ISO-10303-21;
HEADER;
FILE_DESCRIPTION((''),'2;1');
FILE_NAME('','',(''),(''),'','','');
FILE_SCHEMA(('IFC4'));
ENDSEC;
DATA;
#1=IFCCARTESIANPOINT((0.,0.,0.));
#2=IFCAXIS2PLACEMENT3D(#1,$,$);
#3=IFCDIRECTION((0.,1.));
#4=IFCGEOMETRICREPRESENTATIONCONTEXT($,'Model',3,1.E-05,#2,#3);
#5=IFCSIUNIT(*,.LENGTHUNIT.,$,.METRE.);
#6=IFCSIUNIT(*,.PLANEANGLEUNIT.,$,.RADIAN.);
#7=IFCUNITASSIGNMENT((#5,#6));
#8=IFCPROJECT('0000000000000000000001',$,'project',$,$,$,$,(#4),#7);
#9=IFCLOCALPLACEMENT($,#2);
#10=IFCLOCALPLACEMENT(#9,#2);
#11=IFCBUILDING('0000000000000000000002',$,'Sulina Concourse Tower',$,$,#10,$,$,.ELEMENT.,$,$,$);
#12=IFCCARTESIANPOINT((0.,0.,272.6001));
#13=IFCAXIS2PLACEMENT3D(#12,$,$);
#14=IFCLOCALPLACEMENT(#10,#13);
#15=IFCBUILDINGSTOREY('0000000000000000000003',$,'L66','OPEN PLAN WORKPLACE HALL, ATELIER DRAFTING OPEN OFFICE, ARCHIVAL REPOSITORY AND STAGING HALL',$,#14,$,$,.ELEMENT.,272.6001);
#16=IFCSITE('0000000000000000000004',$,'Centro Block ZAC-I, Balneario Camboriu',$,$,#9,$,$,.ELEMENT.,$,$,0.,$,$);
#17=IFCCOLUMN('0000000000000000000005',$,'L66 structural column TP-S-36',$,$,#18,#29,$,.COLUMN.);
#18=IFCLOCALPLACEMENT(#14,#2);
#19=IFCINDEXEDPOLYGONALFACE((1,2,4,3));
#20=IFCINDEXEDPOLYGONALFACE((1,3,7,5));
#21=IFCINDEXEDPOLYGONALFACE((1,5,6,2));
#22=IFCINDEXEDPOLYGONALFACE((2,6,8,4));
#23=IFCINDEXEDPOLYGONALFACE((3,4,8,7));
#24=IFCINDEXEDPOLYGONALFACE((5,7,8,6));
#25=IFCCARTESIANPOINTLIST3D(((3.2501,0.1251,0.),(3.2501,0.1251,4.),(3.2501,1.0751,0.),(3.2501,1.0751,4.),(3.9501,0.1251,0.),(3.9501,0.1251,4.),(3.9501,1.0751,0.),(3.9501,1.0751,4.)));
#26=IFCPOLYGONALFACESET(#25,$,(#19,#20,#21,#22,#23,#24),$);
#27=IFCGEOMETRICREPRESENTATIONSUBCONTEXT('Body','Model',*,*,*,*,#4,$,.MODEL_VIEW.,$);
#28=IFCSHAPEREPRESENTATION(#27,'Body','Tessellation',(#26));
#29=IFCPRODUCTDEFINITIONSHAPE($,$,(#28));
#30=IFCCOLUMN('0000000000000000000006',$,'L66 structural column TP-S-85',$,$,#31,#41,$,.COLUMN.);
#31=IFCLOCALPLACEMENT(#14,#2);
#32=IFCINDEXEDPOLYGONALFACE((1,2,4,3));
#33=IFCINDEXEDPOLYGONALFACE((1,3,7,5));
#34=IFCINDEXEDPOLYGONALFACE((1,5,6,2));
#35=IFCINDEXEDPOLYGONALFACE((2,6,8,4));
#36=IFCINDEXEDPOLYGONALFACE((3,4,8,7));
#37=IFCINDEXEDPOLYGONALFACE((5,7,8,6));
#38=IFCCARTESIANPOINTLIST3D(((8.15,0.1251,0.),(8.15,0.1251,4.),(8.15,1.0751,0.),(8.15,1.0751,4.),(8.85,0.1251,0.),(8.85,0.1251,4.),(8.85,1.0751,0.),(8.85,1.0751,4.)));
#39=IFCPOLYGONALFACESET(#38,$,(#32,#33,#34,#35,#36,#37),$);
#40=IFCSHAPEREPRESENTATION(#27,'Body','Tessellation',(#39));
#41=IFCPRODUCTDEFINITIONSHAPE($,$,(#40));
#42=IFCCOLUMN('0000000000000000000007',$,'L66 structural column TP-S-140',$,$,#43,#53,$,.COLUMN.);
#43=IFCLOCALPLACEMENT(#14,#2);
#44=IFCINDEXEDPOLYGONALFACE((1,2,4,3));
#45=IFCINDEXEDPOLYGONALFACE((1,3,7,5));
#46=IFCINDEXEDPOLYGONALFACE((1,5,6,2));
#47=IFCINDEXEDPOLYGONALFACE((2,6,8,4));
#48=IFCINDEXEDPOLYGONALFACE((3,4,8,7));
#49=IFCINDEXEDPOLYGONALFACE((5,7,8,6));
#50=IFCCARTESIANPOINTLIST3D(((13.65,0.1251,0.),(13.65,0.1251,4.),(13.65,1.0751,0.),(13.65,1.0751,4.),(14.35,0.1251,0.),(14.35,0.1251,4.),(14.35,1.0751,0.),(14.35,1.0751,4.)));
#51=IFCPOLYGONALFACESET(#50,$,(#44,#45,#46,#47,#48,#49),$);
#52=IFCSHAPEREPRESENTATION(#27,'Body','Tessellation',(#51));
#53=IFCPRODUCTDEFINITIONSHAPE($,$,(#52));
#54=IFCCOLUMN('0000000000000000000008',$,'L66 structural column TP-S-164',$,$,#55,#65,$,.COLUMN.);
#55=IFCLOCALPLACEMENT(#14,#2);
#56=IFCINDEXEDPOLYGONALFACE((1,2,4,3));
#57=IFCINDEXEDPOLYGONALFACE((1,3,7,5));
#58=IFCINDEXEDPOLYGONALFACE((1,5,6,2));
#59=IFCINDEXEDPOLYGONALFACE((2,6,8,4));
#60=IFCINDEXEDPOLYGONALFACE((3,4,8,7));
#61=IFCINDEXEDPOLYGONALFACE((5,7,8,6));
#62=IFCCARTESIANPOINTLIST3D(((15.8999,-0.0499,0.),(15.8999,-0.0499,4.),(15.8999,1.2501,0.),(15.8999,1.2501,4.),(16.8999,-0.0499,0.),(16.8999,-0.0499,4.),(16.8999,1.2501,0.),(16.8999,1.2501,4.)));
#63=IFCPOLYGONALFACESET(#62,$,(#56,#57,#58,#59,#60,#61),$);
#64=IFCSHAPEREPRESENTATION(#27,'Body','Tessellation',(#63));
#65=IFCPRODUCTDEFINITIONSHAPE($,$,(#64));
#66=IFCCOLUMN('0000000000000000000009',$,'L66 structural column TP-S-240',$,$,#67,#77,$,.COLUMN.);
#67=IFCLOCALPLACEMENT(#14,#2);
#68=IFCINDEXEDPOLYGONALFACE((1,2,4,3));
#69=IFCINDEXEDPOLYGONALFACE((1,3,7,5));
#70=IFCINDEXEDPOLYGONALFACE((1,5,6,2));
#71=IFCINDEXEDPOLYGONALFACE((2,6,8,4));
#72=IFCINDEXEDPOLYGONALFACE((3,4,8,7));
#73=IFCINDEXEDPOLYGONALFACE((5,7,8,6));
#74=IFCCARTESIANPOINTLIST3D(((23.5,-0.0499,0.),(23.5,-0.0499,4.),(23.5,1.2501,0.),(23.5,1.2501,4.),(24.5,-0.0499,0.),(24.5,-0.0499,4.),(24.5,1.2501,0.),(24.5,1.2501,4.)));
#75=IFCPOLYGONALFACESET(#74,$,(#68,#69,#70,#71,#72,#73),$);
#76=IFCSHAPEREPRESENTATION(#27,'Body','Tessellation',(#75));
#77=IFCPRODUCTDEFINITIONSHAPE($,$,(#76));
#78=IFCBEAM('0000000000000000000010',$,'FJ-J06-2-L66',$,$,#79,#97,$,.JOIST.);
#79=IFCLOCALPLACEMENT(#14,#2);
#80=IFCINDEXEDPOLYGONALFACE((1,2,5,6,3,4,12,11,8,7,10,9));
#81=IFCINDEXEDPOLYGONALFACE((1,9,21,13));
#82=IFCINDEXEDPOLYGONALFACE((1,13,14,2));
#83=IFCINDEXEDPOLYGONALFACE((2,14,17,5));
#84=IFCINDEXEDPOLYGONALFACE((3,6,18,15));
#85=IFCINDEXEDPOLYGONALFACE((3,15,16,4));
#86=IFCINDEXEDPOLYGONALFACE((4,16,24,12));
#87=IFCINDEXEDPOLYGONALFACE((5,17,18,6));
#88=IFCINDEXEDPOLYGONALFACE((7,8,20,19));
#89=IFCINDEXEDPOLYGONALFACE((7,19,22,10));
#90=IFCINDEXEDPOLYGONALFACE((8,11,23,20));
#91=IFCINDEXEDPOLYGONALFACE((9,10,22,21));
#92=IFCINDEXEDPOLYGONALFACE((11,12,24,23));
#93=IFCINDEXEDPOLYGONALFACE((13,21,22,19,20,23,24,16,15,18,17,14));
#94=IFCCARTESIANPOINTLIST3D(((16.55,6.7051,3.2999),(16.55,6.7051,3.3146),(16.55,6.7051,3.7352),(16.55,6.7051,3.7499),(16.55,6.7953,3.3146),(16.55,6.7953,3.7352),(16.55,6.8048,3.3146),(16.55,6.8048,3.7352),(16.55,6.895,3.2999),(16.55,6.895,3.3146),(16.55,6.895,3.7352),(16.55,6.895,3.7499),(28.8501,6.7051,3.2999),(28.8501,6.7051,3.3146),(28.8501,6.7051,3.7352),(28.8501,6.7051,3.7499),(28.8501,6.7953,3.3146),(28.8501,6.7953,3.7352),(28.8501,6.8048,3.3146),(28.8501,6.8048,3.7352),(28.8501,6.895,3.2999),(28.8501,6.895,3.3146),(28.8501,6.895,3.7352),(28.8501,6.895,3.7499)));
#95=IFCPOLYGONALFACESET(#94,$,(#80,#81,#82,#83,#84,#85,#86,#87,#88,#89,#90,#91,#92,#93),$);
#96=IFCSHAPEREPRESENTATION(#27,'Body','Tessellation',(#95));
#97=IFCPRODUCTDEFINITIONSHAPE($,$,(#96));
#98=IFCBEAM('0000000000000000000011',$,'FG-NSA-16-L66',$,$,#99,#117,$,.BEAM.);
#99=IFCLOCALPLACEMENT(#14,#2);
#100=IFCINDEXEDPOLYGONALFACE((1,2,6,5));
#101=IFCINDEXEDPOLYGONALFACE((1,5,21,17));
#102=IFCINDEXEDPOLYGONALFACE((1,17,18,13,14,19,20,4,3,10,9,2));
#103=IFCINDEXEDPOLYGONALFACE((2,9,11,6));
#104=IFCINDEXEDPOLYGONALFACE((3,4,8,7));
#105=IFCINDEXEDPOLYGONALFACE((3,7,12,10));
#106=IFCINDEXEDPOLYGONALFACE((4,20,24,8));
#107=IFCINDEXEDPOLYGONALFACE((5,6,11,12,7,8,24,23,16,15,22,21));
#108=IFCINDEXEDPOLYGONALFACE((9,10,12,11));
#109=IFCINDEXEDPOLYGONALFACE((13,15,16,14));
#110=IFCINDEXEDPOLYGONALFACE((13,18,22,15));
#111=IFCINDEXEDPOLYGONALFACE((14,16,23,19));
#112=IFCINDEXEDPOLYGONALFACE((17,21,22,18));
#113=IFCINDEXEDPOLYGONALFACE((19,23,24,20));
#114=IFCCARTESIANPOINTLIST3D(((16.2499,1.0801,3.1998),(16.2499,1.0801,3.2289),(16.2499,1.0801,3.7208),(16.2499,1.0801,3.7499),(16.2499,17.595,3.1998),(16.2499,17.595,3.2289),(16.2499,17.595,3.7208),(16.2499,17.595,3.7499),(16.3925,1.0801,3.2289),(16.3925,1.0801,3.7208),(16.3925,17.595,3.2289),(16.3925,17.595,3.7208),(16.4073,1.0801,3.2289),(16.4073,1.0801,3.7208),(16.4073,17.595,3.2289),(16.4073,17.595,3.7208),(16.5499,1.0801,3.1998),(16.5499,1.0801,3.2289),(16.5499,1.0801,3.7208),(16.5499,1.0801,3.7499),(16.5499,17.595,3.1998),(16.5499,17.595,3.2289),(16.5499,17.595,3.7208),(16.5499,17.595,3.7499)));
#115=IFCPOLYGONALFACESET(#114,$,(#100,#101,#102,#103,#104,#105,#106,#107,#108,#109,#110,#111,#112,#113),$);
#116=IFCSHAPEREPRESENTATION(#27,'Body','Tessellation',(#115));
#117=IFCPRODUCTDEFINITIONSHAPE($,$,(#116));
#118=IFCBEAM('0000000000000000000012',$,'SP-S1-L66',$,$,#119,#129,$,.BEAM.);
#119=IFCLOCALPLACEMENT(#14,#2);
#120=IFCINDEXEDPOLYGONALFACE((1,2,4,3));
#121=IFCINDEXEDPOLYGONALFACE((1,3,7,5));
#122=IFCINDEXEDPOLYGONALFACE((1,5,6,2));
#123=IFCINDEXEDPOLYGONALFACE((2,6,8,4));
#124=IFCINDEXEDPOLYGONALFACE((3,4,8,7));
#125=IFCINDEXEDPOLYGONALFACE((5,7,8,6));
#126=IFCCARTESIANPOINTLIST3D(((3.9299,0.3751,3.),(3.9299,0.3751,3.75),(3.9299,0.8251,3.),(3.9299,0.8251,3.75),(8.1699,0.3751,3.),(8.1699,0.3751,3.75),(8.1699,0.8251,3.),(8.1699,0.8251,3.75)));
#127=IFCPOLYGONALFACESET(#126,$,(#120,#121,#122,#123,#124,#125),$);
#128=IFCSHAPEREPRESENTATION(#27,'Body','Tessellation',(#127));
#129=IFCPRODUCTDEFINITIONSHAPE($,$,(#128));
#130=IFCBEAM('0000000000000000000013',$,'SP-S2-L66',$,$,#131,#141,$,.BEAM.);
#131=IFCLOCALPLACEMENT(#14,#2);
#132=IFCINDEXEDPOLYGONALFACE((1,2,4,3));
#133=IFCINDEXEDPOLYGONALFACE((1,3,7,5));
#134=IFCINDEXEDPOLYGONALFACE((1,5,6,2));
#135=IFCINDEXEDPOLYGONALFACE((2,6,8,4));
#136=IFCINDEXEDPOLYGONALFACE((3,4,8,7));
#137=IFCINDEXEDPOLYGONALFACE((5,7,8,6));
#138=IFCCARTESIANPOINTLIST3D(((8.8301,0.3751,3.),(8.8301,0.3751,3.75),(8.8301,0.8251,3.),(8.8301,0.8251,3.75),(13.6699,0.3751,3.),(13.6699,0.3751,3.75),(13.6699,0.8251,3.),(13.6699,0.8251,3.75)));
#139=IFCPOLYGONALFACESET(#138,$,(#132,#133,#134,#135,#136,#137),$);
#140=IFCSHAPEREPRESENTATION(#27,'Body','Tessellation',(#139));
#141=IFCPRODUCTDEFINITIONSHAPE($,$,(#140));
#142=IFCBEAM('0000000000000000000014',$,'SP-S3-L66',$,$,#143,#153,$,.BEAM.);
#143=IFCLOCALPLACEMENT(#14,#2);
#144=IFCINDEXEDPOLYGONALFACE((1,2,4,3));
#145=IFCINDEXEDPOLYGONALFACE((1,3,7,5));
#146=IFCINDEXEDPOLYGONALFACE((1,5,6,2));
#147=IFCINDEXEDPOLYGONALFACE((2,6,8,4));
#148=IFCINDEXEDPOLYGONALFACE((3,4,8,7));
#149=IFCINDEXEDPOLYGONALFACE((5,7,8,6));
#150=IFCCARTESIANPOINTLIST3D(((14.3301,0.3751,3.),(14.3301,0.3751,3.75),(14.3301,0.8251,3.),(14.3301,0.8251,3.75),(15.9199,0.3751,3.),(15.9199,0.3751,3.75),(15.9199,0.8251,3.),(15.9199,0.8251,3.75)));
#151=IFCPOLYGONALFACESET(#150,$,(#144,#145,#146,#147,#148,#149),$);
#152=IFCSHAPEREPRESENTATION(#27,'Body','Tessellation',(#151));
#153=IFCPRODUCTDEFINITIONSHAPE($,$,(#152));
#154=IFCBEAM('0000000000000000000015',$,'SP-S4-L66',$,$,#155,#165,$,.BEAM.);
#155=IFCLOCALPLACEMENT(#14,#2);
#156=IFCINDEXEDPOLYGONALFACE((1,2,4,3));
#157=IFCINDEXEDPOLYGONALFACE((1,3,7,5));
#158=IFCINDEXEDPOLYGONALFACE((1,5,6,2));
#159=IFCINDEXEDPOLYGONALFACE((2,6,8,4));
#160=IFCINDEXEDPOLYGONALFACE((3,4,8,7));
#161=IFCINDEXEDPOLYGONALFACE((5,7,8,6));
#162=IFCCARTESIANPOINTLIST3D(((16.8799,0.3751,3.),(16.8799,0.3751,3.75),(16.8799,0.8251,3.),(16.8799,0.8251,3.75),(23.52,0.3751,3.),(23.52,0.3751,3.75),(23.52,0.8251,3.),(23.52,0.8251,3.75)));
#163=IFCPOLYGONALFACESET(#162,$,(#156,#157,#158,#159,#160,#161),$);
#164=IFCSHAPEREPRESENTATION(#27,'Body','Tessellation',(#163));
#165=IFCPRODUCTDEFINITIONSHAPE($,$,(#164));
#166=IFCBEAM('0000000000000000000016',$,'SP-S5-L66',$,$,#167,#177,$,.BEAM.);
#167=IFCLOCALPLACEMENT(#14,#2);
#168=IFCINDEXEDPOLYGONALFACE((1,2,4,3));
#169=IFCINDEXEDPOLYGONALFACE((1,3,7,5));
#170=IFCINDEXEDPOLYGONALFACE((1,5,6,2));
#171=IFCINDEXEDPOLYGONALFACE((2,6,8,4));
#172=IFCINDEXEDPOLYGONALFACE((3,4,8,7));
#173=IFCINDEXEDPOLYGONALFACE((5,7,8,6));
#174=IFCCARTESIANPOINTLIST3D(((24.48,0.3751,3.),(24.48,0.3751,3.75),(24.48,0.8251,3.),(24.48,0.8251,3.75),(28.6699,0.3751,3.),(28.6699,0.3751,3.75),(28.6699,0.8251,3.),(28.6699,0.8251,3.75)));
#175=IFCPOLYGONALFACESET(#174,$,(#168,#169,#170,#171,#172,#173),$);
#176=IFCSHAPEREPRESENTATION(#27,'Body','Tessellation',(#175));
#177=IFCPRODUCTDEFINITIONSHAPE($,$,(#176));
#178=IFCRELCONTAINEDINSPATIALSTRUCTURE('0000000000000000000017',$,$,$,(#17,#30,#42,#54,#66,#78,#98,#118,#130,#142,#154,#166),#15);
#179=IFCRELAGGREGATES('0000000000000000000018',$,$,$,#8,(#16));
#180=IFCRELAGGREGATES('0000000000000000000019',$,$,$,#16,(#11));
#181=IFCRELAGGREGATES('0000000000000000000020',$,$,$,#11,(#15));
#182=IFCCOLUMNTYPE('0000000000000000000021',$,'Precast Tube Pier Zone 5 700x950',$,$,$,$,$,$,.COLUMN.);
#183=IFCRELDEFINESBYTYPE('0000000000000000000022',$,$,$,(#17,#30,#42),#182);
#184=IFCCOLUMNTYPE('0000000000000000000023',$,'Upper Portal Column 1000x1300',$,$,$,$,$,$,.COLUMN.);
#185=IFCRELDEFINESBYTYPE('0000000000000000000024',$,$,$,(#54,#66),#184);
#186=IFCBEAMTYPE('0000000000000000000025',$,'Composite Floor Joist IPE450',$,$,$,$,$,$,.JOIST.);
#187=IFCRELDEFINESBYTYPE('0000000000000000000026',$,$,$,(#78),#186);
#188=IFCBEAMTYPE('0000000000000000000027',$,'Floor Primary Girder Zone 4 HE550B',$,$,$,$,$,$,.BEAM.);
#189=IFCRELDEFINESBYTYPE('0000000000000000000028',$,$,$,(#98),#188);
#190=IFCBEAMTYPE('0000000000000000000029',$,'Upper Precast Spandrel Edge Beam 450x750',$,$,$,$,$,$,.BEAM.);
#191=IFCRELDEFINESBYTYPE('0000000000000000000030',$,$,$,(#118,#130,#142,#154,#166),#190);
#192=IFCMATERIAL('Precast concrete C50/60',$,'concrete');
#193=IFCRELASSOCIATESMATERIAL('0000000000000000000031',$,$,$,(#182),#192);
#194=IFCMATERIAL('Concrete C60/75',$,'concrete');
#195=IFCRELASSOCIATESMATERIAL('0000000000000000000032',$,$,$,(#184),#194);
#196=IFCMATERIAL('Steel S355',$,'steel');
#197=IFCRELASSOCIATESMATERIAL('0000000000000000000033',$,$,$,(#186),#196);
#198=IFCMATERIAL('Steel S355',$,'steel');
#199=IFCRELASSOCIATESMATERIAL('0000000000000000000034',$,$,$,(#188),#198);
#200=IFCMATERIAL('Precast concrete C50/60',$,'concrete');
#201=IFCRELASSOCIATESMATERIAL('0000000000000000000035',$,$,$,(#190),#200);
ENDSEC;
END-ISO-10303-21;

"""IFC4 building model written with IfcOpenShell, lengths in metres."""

from ifc_helpers import new_model, si_unit, direction, frame, origin, origin_2d, place, context, subcontext, project, spatial, rectangle, i_section, extrude, material, material_profile, profile_set, type_object, element, save


model = new_model("IFC4")

# Units and contexts
model_context = context("Model", 3, precision=1e-05, world=origin(), true_north=direction((0.0, 1.0)))
body_context = subcontext(model_context, "Body", "Model", "MODEL_VIEW")
ifc_project = project(units=[si_unit("LENGTHUNIT", "METRE"), si_unit("PLANEANGLEUNIT", "RADIAN")], contexts=[model_context])

# Site, building, storey
site_placement = place(None, origin())
site = spatial("IfcSite", under=ifc_project, at=site_placement, Name="Centro Block ZAC-I, Balneario Camboriu", CompositionType="ELEMENT", RefElevation=0.0)
building_placement = place(site_placement, origin())
building = spatial("IfcBuilding", under=site, at=building_placement, Name="Sulina Concourse Tower", CompositionType="ELEMENT")
storey_placement = place(building_placement, frame((0.0, 0.0, 272.6001)))
storey = spatial("IfcBuildingStorey", under=building, at=storey_placement, Name="L66", Description="OPEN PLAN WORKPLACE HALL, ATELIER DRAFTING OPEN OFFICE, ARCHIVAL REPOSITORY AND STAGING HALL", CompositionType="ELEMENT", Elevation=272.6001)

# Columns
ifc_material_1 = material(Name="Precast concrete C50/60", Category="concrete")
ifc_material_profile_1 = material_profile(ifc_material_1, rectangle(XDim=0.7, YDim=0.95, at=origin_2d()), Name="PC 700x950")
ifc_profile_set_1 = profile_set([ifc_material_profile_1], Name="Precast concrete C50/60")
column_type_1 = type_object("IfcColumnType", Name="Precast Tube Pier Zone 5 700x950", PredefinedType="COLUMN", material=ifc_profile_set_1)
for number, where, z_axis, x_axis, name in (
    (1, (3.6001, 0.6001, 0.0), (0.0, 0.0, 1.0), (1.0, 0.0, 0.0), "L66 structural column TP-S-36"),
    (2, (8.5, 0.6001, 0.0), (0.0, 0.0, 1.0), (1.0, 0.0, 0.0), "L66 structural column TP-S-85"),
    (3, (14.0, 0.6001, 0.0), (0.0, 0.0, 1.0), (1.0, 0.0, 0.0), "L66 structural column TP-S-140"),
):
    element("IfcColumn", number, at=place(storey_placement, frame(where, z_axis=z_axis, x_axis=x_axis)), inside=storey, type_object=column_type_1, Name=name, PredefinedType="COLUMN", context=body_context, shape_type="SweptSolid", body=[
        extrude(rectangle(XDim=0.7, YDim=0.95, at=origin_2d()), origin(), (0.0, 0.0, 1.0), 4.0),
    ])
ifc_material_2 = material(Name="Concrete C60/75", Category="concrete")
ifc_material_profile_2 = material_profile(ifc_material_2, rectangle(XDim=1.0, YDim=1.3, at=origin_2d()), Name="RC 1000x1300")
ifc_profile_set_2 = profile_set([ifc_material_profile_2], Name="Concrete C60/75")
column_type_2 = type_object("IfcColumnType", Name="Upper Portal Column 1000x1300", PredefinedType="COLUMN", material=ifc_profile_set_2)
for number, where, z_axis, x_axis, name in (
    (4, (16.3999, 0.6001, 0.0), (0.0, 0.0, 1.0), (1.0, 0.0, 0.0), "L66 structural column TP-S-164"),
    (5, (24.0, 0.6001, 0.0), (0.0, 0.0, 1.0), (1.0, 0.0, 0.0), "L66 structural column TP-S-240"),
):
    element("IfcColumn", number, at=place(storey_placement, frame(where, z_axis=z_axis, x_axis=x_axis)), inside=storey, type_object=column_type_2, Name=name, PredefinedType="COLUMN", context=body_context, shape_type="SweptSolid", body=[
        extrude(rectangle(XDim=1.0, YDim=1.3, at=origin_2d()), origin(), (0.0, 0.0, 1.0), 4.0),
    ])

# Beams
ifc_material_3 = material(Name="Steel S355", Category="steel")
ifc_material_profile_3 = material_profile(ifc_material_3, i_section(OverallWidth=0.1899, OverallDepth=0.45, WebThickness=0.0095, FlangeThickness=0.0146, at=origin_2d()), Name="IPE 450")
ifc_profile_set_3 = profile_set([ifc_material_profile_3], Name="Steel S355")
beam_type_1 = type_object("IfcBeamType", Name="Composite Floor Joist IPE450", PredefinedType="JOIST", material=ifc_profile_set_3)
beam_1_placement = place(storey_placement, frame((16.55, 6.8, 3.5249), z_axis=(1.0, 0.0, 0.0), x_axis=(0.0, 1.0, 0.0)))
element("IfcBeam", 6, at=beam_1_placement, inside=storey, type_object=beam_type_1, Name="FJ-J06-2-L66", PredefinedType="JOIST", context=body_context, shape_type="SweptSolid", body=[
    extrude(i_section(OverallWidth=0.1899, OverallDepth=0.45, WebThickness=0.0095, FlangeThickness=0.0146, at=origin_2d()), origin(), (0.0, 0.0, 1.0), 12.3),
])
ifc_material_4 = material(Name="Steel S355", Category="steel")
ifc_material_profile_4 = material_profile(ifc_material_4, i_section(OverallWidth=0.3, OverallDepth=0.55, WebThickness=0.0149, FlangeThickness=0.0291, at=origin_2d()), Name="HE 550 B")
ifc_profile_set_4 = profile_set([ifc_material_profile_4], Name="Steel S355")
beam_type_2 = type_object("IfcBeamType", Name="Floor Primary Girder Zone 4 HE550B", PredefinedType="BEAM", material=ifc_profile_set_4)
beam_2_placement = place(storey_placement, frame((16.3999, 1.0801, 3.4749), z_axis=(0.0, 1.0, 0.0), x_axis=(-1.0, 0.0, 0.0)))
element("IfcBeam", 7, at=beam_2_placement, inside=storey, type_object=beam_type_2, Name="FG-NSA-16-L66", PredefinedType="BEAM", context=body_context, shape_type="SweptSolid", body=[
    extrude(i_section(OverallWidth=0.3, OverallDepth=0.55, WebThickness=0.0149, FlangeThickness=0.0291, at=origin_2d()), origin(), (0.0, 0.0, 1.0), 16.5149),
])
ifc_material_5 = material(Name="Precast concrete C50/60", Category="concrete")
ifc_material_profile_5 = material_profile(ifc_material_5, rectangle(XDim=0.45, YDim=0.75, at=origin_2d()), Name="RC 450x750")
ifc_profile_set_5 = profile_set([ifc_material_profile_5], Name="Precast concrete C50/60")
beam_type_3 = type_object("IfcBeamType", Name="Upper Precast Spandrel Edge Beam 450x750", PredefinedType="BEAM", material=ifc_profile_set_5)
beam_3_placement = place(storey_placement, frame((3.9299, 0.6001, 3.375), z_axis=(1.0, 0.0, 0.0), x_axis=(0.0, 1.0, 0.0)))
element("IfcBeam", 8, at=beam_3_placement, inside=storey, type_object=beam_type_3, Name="SP-S1-L66", PredefinedType="BEAM", context=body_context, shape_type="SweptSolid", body=[
    extrude(rectangle(XDim=0.45, YDim=0.75, at=origin_2d()), origin(), (0.0, 0.0, 1.0), 4.24),
])
beam_4_placement = place(storey_placement, frame((8.8301, 0.6001, 3.375), z_axis=(1.0, 0.0, 0.0), x_axis=(0.0, 1.0, 0.0)))
element("IfcBeam", 9, at=beam_4_placement, inside=storey, type_object=beam_type_3, Name="SP-S2-L66", PredefinedType="BEAM", context=body_context, shape_type="SweptSolid", body=[
    extrude(rectangle(XDim=0.45, YDim=0.75, at=origin_2d()), origin(), (0.0, 0.0, 1.0), 4.8398),
])
beam_5_placement = place(storey_placement, frame((14.3301, 0.6001, 3.375), z_axis=(1.0, 0.0, 0.0), x_axis=(0.0, 1.0, 0.0)))
element("IfcBeam", 10, at=beam_5_placement, inside=storey, type_object=beam_type_3, Name="SP-S3-L66", PredefinedType="BEAM", context=body_context, shape_type="SweptSolid", body=[
    extrude(rectangle(XDim=0.45, YDim=0.75, at=origin_2d()), origin(), (0.0, 0.0, 1.0), 1.5898),
])
beam_6_placement = place(storey_placement, frame((16.8799, 0.6001, 3.375), z_axis=(1.0, 0.0, 0.0), x_axis=(0.0, 1.0, 0.0)))
element("IfcBeam", 11, at=beam_6_placement, inside=storey, type_object=beam_type_3, Name="SP-S4-L66", PredefinedType="BEAM", context=body_context, shape_type="SweptSolid", body=[
    extrude(rectangle(XDim=0.45, YDim=0.75, at=origin_2d()), origin(), (0.0, 0.0, 1.0), 6.6401),
])
beam_7_placement = place(storey_placement, frame((24.48, 0.6001, 3.375), z_axis=(1.0, 0.0, 0.0), x_axis=(0.0, 1.0, 0.0)))
element("IfcBeam", 12, at=beam_7_placement, inside=storey, type_object=beam_type_3, Name="SP-S5-L66", PredefinedType="BEAM", context=body_context, shape_type="SweptSolid", body=[
    extrude(rectangle(XDim=0.45, YDim=0.75, at=origin_2d()), origin(), (0.0, 0.0, 1.0), 4.1899),
])

save(model, "model.ifc")
